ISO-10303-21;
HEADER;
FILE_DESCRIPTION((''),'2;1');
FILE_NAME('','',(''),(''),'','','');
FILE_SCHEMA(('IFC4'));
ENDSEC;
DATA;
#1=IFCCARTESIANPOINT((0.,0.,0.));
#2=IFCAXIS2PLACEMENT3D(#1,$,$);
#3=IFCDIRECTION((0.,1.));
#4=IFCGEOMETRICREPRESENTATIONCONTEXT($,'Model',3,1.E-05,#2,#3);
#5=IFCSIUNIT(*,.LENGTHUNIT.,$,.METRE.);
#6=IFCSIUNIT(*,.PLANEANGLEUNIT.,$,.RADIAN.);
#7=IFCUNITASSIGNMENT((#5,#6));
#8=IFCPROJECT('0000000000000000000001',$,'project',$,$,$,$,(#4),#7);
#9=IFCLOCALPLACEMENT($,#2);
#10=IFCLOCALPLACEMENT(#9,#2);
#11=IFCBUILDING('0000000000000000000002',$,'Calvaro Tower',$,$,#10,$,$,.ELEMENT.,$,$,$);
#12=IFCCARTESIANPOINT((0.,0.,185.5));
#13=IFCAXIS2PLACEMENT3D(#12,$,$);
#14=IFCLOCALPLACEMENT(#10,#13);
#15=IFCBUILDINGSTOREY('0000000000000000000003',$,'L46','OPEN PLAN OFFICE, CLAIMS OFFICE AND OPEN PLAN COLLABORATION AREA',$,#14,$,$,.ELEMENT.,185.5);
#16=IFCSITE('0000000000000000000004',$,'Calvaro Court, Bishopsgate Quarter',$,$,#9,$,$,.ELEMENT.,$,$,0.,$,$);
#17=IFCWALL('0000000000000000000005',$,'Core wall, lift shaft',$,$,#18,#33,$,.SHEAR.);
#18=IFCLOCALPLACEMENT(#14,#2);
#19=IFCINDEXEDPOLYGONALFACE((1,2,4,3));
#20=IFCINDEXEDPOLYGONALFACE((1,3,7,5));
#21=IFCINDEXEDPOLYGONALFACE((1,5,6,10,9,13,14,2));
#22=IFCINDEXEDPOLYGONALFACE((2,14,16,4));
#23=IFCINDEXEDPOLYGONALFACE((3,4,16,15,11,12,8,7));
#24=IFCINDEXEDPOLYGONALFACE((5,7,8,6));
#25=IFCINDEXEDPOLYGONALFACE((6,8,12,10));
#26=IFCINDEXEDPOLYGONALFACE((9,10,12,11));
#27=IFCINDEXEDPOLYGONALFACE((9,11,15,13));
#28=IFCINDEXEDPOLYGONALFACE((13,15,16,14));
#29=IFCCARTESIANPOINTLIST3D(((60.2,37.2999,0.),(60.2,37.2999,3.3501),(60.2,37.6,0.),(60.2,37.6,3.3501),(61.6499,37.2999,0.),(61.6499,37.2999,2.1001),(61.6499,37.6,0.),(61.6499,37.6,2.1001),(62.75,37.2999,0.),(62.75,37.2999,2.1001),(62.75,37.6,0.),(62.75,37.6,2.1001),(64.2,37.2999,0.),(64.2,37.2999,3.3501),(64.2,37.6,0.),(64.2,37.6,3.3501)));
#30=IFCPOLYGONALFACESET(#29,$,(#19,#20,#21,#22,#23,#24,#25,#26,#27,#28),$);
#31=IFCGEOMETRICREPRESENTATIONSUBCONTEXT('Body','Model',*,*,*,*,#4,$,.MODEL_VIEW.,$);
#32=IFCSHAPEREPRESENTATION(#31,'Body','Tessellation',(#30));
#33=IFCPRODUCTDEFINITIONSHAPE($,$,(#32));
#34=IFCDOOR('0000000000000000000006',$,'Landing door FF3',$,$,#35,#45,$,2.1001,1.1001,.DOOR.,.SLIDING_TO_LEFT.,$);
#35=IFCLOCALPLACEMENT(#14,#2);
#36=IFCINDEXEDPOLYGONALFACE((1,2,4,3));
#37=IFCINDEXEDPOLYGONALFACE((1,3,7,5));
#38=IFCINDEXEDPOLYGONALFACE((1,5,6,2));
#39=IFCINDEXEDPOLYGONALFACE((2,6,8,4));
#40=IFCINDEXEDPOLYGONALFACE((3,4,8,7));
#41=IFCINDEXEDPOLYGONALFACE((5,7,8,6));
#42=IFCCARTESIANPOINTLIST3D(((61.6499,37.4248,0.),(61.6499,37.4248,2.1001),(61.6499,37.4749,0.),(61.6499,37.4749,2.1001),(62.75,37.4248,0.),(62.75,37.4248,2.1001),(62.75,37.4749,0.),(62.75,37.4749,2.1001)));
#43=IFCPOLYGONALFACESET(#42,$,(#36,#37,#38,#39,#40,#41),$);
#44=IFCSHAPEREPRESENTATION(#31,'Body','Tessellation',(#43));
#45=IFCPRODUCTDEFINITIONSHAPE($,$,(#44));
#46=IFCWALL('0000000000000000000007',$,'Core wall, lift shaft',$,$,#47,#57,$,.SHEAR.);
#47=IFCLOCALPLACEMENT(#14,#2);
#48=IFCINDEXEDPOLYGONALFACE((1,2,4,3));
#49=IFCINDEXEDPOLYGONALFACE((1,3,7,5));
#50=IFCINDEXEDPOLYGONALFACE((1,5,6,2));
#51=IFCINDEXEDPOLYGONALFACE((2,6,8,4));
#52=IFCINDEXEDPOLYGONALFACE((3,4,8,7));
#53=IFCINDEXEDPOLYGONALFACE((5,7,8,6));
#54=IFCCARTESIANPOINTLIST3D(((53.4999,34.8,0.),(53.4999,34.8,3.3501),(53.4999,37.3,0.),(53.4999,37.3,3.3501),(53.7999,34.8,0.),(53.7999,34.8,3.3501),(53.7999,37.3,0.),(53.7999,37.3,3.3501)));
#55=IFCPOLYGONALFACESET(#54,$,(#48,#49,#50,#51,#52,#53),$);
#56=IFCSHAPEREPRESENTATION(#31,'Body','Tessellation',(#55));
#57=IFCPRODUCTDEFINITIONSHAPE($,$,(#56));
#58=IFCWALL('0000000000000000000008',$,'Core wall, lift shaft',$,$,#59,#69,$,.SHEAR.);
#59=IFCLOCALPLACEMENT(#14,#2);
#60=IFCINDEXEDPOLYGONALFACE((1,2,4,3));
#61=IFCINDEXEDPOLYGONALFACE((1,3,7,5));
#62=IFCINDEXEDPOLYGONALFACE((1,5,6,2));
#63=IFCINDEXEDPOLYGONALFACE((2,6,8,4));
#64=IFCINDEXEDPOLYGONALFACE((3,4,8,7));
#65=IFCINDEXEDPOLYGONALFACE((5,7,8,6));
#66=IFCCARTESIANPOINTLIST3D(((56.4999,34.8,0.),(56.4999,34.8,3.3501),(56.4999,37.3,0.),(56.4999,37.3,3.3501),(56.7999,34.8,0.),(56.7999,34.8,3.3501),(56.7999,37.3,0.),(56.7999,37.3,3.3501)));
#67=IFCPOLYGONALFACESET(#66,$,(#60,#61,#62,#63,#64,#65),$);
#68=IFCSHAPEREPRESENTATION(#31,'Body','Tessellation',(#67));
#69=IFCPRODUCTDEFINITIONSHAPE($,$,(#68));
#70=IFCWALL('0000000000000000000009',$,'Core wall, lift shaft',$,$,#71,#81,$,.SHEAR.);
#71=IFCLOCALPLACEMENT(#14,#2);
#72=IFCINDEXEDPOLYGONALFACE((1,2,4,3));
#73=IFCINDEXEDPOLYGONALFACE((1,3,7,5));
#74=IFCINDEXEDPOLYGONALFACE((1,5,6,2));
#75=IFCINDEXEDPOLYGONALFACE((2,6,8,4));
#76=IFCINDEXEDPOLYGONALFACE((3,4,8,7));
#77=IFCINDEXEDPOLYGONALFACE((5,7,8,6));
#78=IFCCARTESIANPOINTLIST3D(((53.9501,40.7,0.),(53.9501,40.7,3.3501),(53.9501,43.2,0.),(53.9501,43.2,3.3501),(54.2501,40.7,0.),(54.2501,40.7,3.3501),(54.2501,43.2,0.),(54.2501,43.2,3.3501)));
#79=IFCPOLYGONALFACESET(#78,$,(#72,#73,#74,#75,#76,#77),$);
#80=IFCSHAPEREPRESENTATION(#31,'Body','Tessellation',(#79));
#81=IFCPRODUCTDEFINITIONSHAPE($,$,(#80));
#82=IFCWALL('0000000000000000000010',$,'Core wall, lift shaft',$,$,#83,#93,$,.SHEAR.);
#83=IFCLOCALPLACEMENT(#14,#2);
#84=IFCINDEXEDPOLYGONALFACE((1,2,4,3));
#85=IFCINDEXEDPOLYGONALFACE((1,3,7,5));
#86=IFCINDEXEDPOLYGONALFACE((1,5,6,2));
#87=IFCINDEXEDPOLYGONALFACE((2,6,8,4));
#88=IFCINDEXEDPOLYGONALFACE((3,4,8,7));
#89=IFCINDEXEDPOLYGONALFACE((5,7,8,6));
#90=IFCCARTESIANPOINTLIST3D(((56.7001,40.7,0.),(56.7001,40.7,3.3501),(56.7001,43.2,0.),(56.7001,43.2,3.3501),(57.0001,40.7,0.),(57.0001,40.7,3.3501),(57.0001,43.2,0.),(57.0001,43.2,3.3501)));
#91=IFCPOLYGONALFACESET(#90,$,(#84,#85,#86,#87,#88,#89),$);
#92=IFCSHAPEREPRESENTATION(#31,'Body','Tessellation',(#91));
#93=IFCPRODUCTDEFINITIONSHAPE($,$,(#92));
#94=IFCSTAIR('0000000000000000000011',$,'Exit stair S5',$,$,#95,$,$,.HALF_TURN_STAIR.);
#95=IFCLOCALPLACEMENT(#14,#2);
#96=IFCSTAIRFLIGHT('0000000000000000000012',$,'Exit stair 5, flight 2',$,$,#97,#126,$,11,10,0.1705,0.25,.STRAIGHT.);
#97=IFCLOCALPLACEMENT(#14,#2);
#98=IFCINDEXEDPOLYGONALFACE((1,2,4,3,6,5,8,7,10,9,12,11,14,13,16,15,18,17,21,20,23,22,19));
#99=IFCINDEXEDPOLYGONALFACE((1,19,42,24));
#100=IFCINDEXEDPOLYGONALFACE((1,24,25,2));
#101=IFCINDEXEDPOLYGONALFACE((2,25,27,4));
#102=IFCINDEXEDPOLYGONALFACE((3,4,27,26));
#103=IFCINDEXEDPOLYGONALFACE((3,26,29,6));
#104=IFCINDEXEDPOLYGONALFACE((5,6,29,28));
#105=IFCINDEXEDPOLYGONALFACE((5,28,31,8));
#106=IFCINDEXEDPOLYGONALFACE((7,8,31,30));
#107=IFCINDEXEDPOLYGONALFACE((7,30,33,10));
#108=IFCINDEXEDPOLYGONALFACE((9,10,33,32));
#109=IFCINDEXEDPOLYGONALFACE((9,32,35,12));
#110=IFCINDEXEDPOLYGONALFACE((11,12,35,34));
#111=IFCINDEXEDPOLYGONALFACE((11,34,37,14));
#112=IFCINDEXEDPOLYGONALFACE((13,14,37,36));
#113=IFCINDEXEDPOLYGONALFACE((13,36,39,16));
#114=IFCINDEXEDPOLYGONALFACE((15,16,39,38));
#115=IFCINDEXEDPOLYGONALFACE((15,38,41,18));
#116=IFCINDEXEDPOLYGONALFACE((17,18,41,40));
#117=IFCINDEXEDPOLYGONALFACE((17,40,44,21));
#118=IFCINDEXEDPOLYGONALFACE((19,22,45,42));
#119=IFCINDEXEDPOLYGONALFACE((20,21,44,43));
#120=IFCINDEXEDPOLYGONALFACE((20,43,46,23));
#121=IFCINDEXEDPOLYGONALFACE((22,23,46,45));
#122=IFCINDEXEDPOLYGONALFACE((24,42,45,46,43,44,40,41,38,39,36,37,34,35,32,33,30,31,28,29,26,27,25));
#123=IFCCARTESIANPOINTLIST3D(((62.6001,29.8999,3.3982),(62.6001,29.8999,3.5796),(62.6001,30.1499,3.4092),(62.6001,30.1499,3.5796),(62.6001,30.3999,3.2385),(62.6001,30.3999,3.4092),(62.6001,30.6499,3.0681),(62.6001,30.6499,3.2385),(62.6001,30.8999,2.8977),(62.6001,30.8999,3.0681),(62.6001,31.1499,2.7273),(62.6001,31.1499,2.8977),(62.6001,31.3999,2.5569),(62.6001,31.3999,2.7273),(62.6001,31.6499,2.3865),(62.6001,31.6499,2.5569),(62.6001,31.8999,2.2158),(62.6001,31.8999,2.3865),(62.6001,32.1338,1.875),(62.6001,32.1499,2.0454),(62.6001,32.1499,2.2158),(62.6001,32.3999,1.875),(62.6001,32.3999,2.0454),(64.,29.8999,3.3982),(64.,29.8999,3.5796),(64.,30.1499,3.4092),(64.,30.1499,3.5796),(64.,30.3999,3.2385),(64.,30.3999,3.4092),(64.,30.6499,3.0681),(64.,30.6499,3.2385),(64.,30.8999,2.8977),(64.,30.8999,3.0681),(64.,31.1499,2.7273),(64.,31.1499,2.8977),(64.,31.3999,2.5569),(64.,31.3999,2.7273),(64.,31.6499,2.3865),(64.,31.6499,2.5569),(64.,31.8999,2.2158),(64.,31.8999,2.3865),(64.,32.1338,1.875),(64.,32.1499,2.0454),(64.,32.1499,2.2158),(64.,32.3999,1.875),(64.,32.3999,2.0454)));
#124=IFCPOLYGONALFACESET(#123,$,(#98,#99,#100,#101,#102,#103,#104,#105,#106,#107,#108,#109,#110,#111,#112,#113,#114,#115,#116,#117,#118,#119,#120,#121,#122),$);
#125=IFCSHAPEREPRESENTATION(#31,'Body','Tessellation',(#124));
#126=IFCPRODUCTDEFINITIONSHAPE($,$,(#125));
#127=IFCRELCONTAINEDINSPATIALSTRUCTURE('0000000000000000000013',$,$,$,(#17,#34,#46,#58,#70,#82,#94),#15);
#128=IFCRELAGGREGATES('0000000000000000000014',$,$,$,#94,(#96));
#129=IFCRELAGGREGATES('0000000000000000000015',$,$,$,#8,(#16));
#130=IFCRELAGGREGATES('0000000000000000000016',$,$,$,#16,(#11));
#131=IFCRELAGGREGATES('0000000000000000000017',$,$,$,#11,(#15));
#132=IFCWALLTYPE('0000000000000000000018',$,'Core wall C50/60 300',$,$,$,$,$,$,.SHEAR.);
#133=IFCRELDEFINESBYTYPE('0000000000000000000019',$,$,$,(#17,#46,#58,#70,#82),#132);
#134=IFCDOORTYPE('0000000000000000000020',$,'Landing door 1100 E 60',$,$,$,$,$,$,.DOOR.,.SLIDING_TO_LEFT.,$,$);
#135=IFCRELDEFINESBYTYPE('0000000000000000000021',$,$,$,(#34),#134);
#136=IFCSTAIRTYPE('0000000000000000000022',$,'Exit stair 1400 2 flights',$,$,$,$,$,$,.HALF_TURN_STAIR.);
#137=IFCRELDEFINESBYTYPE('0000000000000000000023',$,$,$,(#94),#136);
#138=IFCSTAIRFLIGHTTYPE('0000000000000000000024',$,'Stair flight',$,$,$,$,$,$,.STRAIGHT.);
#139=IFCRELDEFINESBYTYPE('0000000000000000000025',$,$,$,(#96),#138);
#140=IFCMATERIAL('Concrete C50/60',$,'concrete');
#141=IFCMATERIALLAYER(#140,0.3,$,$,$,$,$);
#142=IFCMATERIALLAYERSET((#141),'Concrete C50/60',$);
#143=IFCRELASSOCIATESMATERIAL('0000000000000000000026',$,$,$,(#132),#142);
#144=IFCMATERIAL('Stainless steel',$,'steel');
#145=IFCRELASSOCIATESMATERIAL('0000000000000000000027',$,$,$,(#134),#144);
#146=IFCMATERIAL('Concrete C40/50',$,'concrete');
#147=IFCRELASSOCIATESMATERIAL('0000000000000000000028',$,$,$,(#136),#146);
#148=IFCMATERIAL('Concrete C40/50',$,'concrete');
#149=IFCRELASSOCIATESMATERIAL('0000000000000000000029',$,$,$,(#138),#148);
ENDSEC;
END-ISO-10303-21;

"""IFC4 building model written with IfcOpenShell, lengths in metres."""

from ifc_helpers import new_model, si_unit, direction, frame, frame_2d, origin, place, context, subcontext, project, spatial, polyline, rectangle, outline, extrude, material, layer, layer_set, type_object, element, fill, aggregate, save


model = new_model("IFC4")

# Units and contexts
model_context = context("Model", 3, precision=1e-05, world=origin(), true_north=direction((0.0, 1.0)))
body_context = subcontext(model_context, "Body", "Model", "MODEL_VIEW")
ifc_project = project(units=[si_unit("LENGTHUNIT", "METRE"), si_unit("PLANEANGLEUNIT", "RADIAN")], contexts=[model_context])

# Site, building, storey
site_placement = place(None, origin())
site = spatial("IfcSite", under=ifc_project, at=site_placement, Name="Calvaro Court, Bishopsgate Quarter", CompositionType="ELEMENT", RefElevation=0.0)
building_placement = place(site_placement, origin())
building = spatial("IfcBuilding", under=site, at=building_placement, Name="Calvaro Tower", CompositionType="ELEMENT")
storey_placement = place(building_placement, frame((0.0, 0.0, 185.5)))
storey = spatial("IfcBuildingStorey", under=building, at=storey_placement, Name="L46", Description="OPEN PLAN OFFICE, CLAIMS OFFICE AND OPEN PLAN COLLABORATION AREA", CompositionType="ELEMENT", Elevation=185.5)

# Shared definitions
ifc_material_1 = material(Name="Concrete C50/60", Category="concrete")
ifc_layer_1 = layer(ifc_material_1, 0.3)
ifc_layer_set_1 = layer_set([ifc_layer_1], Name="Concrete C50/60")
wall_type_1 = type_object("IfcWallType", Name="Core wall C50/60 300", PredefinedType="SHEAR", material=ifc_layer_set_1)

# Wall, opening, door
wall_1_placement = place(storey_placement, frame((60.2, 37.45, 0.0), z_axis=(0.0, 0.0, 1.0), x_axis=(1.0, 0.0, 0.0)))
wall_1 = element("IfcWall", 1, at=wall_1_placement, inside=storey, type_object=wall_type_1, Name="Core wall, lift shaft", PredefinedType="SHEAR", context=body_context, shape_type="SweptSolid", body=[
    extrude(rectangle(XDim=4.0, YDim=0.3, at=frame_2d((2.0, 0.0))), origin(), (0.0, 0.0, 1.0), 3.3501),
])
opening_1_placement = place(wall_1_placement, frame((1.45, 0.0, 0.0)))
opening_1 = element("IfcOpeningElement", 2, at=opening_1_placement, cuts=wall_1, PredefinedType="OPENING", context=body_context, shape_type="SweptSolid", body=[
    extrude(rectangle(XDim=1.1001, YDim=2.1001, at=frame_2d((0.55, 1.05))), frame((0.0, 0.1599, 0.0), z_axis=(0.0, -1.0, 0.0), x_axis=(1.0, 0.0, 0.0)), (0.0, 0.0, 1.0), 0.3201),
])
ifc_material_2 = material(Name="Stainless steel", Category="steel")
door_type_1 = type_object("IfcDoorType", Name="Landing door 1100 E 60", OperationType="SLIDING_TO_LEFT", PredefinedType="DOOR", material=ifc_material_2)
door_1_placement = place(opening_1_placement, origin())
door_1 = element("IfcDoor", 3, at=door_1_placement, inside=storey, type_object=door_type_1, Name="Landing door FF3", OperationType="SLIDING_TO_LEFT", OverallHeight=2.1001, OverallWidth=1.1001, PredefinedType="DOOR", context=body_context, shape_type="SweptSolid", body=[
    extrude(rectangle(XDim=1.1001, YDim=2.1001, at=frame_2d((0.55, 1.05))), frame((0.0, 0.0249, 0.0), z_axis=(0.0, -1.0, 0.0), x_axis=(1.0, 0.0, 0.0)), (0.0, 0.0, 1.0), 0.05),
])
fill(opening_1, door_1)

# Walls
for number, where, z_axis, x_axis, name in (
    (4, (53.6499, 34.8, 0.0), (0.0, 0.0, 1.0), (0.0, 1.0, 0.0), "Core wall, lift shaft"),
    (5, (56.6499, 34.8, 0.0), (0.0, 0.0, 1.0), (0.0, 1.0, 0.0), "Core wall, lift shaft"),
    (6, (54.1001, 40.7, 0.0), (0.0, 0.0, 1.0), (0.0, 1.0, 0.0), "Core wall, lift shaft"),
    (7, (56.8501, 40.7, 0.0), (0.0, 0.0, 1.0), (0.0, 1.0, 0.0), "Core wall, lift shaft"),
):
    element("IfcWall", number, at=place(storey_placement, frame(where, z_axis=z_axis, x_axis=x_axis)), inside=storey, type_object=wall_type_1, Name=name, PredefinedType="SHEAR", context=body_context, shape_type="SweptSolid", body=[
        extrude(rectangle(XDim=2.5, YDim=0.3, at=frame_2d((1.25, 0.0))), origin(), (0.0, 0.0, 1.0), 3.3501),
    ])

# Stair, stair flight
ifc_material_3 = material(Name="Concrete C40/50", Category="concrete")
stair_type = type_object("IfcStairType", Name="Exit stair 1400 2 flights", PredefinedType="HALF_TURN_STAIR", material=ifc_material_3)
stair_placement = place(storey_placement, origin())
stair = element("IfcStair", 8, at=stair_placement, inside=storey, type_object=stair_type, Name="Exit stair S5", PredefinedType="HALF_TURN_STAIR")
ifc_material_4 = material(Name="Concrete C40/50", Category="concrete")
stair_flight_type = type_object("IfcStairFlightType", Name="Stair flight", PredefinedType="STRAIGHT", material=ifc_material_4)
stair_flight_placement = place(storey_placement, frame((63.3, 32.3999, 1.875), z_axis=(0.0, 0.0, 1.0), x_axis=(0.0, -1.0, 0.0)))
stair_flight = element("IfcStairFlight", 9, at=stair_flight_placement, type_object=stair_flight_type, Name="Exit stair 5, flight 2", NumberOfRisers=11, NumberOfTreads=10, PredefinedType="STRAIGHT", RiserHeight=0.1705, TreadLength=0.25, context=body_context, shape_type="SweptSolid", body=[
    extrude(outline(polyline([(0.0, 0.0), (0.0, 0.1704), (0.25, 0.1704), (0.25, 0.3408), (0.5, 0.3408), (0.5, 0.5115), (0.75, 0.5115), (0.75, 0.6819), (1.0, 0.6819), (1.0, 0.8523), (1.25, 0.8523), (1.25, 1.0227), (1.5, 1.0227), (1.5, 1.1931), (1.75, 1.1931), (1.75, 1.3635), (2.0, 1.3635), (2.0, 1.5342), (2.25, 1.5342), (2.25, 1.7046), (2.5, 1.7046), (2.5, 1.875), (2.5, 1.5232), (0.2661, 0.0), (0.0, 0.0)])), frame((0.0, 0.7, 0.0), z_axis=(0.0, -1.0, 0.0), x_axis=(1.0, 0.0, 0.0)), (0.0, 0.0, 1.0), 1.3999),
])
aggregate(stair, [stair_flight])

save(model, "model.ifc")
